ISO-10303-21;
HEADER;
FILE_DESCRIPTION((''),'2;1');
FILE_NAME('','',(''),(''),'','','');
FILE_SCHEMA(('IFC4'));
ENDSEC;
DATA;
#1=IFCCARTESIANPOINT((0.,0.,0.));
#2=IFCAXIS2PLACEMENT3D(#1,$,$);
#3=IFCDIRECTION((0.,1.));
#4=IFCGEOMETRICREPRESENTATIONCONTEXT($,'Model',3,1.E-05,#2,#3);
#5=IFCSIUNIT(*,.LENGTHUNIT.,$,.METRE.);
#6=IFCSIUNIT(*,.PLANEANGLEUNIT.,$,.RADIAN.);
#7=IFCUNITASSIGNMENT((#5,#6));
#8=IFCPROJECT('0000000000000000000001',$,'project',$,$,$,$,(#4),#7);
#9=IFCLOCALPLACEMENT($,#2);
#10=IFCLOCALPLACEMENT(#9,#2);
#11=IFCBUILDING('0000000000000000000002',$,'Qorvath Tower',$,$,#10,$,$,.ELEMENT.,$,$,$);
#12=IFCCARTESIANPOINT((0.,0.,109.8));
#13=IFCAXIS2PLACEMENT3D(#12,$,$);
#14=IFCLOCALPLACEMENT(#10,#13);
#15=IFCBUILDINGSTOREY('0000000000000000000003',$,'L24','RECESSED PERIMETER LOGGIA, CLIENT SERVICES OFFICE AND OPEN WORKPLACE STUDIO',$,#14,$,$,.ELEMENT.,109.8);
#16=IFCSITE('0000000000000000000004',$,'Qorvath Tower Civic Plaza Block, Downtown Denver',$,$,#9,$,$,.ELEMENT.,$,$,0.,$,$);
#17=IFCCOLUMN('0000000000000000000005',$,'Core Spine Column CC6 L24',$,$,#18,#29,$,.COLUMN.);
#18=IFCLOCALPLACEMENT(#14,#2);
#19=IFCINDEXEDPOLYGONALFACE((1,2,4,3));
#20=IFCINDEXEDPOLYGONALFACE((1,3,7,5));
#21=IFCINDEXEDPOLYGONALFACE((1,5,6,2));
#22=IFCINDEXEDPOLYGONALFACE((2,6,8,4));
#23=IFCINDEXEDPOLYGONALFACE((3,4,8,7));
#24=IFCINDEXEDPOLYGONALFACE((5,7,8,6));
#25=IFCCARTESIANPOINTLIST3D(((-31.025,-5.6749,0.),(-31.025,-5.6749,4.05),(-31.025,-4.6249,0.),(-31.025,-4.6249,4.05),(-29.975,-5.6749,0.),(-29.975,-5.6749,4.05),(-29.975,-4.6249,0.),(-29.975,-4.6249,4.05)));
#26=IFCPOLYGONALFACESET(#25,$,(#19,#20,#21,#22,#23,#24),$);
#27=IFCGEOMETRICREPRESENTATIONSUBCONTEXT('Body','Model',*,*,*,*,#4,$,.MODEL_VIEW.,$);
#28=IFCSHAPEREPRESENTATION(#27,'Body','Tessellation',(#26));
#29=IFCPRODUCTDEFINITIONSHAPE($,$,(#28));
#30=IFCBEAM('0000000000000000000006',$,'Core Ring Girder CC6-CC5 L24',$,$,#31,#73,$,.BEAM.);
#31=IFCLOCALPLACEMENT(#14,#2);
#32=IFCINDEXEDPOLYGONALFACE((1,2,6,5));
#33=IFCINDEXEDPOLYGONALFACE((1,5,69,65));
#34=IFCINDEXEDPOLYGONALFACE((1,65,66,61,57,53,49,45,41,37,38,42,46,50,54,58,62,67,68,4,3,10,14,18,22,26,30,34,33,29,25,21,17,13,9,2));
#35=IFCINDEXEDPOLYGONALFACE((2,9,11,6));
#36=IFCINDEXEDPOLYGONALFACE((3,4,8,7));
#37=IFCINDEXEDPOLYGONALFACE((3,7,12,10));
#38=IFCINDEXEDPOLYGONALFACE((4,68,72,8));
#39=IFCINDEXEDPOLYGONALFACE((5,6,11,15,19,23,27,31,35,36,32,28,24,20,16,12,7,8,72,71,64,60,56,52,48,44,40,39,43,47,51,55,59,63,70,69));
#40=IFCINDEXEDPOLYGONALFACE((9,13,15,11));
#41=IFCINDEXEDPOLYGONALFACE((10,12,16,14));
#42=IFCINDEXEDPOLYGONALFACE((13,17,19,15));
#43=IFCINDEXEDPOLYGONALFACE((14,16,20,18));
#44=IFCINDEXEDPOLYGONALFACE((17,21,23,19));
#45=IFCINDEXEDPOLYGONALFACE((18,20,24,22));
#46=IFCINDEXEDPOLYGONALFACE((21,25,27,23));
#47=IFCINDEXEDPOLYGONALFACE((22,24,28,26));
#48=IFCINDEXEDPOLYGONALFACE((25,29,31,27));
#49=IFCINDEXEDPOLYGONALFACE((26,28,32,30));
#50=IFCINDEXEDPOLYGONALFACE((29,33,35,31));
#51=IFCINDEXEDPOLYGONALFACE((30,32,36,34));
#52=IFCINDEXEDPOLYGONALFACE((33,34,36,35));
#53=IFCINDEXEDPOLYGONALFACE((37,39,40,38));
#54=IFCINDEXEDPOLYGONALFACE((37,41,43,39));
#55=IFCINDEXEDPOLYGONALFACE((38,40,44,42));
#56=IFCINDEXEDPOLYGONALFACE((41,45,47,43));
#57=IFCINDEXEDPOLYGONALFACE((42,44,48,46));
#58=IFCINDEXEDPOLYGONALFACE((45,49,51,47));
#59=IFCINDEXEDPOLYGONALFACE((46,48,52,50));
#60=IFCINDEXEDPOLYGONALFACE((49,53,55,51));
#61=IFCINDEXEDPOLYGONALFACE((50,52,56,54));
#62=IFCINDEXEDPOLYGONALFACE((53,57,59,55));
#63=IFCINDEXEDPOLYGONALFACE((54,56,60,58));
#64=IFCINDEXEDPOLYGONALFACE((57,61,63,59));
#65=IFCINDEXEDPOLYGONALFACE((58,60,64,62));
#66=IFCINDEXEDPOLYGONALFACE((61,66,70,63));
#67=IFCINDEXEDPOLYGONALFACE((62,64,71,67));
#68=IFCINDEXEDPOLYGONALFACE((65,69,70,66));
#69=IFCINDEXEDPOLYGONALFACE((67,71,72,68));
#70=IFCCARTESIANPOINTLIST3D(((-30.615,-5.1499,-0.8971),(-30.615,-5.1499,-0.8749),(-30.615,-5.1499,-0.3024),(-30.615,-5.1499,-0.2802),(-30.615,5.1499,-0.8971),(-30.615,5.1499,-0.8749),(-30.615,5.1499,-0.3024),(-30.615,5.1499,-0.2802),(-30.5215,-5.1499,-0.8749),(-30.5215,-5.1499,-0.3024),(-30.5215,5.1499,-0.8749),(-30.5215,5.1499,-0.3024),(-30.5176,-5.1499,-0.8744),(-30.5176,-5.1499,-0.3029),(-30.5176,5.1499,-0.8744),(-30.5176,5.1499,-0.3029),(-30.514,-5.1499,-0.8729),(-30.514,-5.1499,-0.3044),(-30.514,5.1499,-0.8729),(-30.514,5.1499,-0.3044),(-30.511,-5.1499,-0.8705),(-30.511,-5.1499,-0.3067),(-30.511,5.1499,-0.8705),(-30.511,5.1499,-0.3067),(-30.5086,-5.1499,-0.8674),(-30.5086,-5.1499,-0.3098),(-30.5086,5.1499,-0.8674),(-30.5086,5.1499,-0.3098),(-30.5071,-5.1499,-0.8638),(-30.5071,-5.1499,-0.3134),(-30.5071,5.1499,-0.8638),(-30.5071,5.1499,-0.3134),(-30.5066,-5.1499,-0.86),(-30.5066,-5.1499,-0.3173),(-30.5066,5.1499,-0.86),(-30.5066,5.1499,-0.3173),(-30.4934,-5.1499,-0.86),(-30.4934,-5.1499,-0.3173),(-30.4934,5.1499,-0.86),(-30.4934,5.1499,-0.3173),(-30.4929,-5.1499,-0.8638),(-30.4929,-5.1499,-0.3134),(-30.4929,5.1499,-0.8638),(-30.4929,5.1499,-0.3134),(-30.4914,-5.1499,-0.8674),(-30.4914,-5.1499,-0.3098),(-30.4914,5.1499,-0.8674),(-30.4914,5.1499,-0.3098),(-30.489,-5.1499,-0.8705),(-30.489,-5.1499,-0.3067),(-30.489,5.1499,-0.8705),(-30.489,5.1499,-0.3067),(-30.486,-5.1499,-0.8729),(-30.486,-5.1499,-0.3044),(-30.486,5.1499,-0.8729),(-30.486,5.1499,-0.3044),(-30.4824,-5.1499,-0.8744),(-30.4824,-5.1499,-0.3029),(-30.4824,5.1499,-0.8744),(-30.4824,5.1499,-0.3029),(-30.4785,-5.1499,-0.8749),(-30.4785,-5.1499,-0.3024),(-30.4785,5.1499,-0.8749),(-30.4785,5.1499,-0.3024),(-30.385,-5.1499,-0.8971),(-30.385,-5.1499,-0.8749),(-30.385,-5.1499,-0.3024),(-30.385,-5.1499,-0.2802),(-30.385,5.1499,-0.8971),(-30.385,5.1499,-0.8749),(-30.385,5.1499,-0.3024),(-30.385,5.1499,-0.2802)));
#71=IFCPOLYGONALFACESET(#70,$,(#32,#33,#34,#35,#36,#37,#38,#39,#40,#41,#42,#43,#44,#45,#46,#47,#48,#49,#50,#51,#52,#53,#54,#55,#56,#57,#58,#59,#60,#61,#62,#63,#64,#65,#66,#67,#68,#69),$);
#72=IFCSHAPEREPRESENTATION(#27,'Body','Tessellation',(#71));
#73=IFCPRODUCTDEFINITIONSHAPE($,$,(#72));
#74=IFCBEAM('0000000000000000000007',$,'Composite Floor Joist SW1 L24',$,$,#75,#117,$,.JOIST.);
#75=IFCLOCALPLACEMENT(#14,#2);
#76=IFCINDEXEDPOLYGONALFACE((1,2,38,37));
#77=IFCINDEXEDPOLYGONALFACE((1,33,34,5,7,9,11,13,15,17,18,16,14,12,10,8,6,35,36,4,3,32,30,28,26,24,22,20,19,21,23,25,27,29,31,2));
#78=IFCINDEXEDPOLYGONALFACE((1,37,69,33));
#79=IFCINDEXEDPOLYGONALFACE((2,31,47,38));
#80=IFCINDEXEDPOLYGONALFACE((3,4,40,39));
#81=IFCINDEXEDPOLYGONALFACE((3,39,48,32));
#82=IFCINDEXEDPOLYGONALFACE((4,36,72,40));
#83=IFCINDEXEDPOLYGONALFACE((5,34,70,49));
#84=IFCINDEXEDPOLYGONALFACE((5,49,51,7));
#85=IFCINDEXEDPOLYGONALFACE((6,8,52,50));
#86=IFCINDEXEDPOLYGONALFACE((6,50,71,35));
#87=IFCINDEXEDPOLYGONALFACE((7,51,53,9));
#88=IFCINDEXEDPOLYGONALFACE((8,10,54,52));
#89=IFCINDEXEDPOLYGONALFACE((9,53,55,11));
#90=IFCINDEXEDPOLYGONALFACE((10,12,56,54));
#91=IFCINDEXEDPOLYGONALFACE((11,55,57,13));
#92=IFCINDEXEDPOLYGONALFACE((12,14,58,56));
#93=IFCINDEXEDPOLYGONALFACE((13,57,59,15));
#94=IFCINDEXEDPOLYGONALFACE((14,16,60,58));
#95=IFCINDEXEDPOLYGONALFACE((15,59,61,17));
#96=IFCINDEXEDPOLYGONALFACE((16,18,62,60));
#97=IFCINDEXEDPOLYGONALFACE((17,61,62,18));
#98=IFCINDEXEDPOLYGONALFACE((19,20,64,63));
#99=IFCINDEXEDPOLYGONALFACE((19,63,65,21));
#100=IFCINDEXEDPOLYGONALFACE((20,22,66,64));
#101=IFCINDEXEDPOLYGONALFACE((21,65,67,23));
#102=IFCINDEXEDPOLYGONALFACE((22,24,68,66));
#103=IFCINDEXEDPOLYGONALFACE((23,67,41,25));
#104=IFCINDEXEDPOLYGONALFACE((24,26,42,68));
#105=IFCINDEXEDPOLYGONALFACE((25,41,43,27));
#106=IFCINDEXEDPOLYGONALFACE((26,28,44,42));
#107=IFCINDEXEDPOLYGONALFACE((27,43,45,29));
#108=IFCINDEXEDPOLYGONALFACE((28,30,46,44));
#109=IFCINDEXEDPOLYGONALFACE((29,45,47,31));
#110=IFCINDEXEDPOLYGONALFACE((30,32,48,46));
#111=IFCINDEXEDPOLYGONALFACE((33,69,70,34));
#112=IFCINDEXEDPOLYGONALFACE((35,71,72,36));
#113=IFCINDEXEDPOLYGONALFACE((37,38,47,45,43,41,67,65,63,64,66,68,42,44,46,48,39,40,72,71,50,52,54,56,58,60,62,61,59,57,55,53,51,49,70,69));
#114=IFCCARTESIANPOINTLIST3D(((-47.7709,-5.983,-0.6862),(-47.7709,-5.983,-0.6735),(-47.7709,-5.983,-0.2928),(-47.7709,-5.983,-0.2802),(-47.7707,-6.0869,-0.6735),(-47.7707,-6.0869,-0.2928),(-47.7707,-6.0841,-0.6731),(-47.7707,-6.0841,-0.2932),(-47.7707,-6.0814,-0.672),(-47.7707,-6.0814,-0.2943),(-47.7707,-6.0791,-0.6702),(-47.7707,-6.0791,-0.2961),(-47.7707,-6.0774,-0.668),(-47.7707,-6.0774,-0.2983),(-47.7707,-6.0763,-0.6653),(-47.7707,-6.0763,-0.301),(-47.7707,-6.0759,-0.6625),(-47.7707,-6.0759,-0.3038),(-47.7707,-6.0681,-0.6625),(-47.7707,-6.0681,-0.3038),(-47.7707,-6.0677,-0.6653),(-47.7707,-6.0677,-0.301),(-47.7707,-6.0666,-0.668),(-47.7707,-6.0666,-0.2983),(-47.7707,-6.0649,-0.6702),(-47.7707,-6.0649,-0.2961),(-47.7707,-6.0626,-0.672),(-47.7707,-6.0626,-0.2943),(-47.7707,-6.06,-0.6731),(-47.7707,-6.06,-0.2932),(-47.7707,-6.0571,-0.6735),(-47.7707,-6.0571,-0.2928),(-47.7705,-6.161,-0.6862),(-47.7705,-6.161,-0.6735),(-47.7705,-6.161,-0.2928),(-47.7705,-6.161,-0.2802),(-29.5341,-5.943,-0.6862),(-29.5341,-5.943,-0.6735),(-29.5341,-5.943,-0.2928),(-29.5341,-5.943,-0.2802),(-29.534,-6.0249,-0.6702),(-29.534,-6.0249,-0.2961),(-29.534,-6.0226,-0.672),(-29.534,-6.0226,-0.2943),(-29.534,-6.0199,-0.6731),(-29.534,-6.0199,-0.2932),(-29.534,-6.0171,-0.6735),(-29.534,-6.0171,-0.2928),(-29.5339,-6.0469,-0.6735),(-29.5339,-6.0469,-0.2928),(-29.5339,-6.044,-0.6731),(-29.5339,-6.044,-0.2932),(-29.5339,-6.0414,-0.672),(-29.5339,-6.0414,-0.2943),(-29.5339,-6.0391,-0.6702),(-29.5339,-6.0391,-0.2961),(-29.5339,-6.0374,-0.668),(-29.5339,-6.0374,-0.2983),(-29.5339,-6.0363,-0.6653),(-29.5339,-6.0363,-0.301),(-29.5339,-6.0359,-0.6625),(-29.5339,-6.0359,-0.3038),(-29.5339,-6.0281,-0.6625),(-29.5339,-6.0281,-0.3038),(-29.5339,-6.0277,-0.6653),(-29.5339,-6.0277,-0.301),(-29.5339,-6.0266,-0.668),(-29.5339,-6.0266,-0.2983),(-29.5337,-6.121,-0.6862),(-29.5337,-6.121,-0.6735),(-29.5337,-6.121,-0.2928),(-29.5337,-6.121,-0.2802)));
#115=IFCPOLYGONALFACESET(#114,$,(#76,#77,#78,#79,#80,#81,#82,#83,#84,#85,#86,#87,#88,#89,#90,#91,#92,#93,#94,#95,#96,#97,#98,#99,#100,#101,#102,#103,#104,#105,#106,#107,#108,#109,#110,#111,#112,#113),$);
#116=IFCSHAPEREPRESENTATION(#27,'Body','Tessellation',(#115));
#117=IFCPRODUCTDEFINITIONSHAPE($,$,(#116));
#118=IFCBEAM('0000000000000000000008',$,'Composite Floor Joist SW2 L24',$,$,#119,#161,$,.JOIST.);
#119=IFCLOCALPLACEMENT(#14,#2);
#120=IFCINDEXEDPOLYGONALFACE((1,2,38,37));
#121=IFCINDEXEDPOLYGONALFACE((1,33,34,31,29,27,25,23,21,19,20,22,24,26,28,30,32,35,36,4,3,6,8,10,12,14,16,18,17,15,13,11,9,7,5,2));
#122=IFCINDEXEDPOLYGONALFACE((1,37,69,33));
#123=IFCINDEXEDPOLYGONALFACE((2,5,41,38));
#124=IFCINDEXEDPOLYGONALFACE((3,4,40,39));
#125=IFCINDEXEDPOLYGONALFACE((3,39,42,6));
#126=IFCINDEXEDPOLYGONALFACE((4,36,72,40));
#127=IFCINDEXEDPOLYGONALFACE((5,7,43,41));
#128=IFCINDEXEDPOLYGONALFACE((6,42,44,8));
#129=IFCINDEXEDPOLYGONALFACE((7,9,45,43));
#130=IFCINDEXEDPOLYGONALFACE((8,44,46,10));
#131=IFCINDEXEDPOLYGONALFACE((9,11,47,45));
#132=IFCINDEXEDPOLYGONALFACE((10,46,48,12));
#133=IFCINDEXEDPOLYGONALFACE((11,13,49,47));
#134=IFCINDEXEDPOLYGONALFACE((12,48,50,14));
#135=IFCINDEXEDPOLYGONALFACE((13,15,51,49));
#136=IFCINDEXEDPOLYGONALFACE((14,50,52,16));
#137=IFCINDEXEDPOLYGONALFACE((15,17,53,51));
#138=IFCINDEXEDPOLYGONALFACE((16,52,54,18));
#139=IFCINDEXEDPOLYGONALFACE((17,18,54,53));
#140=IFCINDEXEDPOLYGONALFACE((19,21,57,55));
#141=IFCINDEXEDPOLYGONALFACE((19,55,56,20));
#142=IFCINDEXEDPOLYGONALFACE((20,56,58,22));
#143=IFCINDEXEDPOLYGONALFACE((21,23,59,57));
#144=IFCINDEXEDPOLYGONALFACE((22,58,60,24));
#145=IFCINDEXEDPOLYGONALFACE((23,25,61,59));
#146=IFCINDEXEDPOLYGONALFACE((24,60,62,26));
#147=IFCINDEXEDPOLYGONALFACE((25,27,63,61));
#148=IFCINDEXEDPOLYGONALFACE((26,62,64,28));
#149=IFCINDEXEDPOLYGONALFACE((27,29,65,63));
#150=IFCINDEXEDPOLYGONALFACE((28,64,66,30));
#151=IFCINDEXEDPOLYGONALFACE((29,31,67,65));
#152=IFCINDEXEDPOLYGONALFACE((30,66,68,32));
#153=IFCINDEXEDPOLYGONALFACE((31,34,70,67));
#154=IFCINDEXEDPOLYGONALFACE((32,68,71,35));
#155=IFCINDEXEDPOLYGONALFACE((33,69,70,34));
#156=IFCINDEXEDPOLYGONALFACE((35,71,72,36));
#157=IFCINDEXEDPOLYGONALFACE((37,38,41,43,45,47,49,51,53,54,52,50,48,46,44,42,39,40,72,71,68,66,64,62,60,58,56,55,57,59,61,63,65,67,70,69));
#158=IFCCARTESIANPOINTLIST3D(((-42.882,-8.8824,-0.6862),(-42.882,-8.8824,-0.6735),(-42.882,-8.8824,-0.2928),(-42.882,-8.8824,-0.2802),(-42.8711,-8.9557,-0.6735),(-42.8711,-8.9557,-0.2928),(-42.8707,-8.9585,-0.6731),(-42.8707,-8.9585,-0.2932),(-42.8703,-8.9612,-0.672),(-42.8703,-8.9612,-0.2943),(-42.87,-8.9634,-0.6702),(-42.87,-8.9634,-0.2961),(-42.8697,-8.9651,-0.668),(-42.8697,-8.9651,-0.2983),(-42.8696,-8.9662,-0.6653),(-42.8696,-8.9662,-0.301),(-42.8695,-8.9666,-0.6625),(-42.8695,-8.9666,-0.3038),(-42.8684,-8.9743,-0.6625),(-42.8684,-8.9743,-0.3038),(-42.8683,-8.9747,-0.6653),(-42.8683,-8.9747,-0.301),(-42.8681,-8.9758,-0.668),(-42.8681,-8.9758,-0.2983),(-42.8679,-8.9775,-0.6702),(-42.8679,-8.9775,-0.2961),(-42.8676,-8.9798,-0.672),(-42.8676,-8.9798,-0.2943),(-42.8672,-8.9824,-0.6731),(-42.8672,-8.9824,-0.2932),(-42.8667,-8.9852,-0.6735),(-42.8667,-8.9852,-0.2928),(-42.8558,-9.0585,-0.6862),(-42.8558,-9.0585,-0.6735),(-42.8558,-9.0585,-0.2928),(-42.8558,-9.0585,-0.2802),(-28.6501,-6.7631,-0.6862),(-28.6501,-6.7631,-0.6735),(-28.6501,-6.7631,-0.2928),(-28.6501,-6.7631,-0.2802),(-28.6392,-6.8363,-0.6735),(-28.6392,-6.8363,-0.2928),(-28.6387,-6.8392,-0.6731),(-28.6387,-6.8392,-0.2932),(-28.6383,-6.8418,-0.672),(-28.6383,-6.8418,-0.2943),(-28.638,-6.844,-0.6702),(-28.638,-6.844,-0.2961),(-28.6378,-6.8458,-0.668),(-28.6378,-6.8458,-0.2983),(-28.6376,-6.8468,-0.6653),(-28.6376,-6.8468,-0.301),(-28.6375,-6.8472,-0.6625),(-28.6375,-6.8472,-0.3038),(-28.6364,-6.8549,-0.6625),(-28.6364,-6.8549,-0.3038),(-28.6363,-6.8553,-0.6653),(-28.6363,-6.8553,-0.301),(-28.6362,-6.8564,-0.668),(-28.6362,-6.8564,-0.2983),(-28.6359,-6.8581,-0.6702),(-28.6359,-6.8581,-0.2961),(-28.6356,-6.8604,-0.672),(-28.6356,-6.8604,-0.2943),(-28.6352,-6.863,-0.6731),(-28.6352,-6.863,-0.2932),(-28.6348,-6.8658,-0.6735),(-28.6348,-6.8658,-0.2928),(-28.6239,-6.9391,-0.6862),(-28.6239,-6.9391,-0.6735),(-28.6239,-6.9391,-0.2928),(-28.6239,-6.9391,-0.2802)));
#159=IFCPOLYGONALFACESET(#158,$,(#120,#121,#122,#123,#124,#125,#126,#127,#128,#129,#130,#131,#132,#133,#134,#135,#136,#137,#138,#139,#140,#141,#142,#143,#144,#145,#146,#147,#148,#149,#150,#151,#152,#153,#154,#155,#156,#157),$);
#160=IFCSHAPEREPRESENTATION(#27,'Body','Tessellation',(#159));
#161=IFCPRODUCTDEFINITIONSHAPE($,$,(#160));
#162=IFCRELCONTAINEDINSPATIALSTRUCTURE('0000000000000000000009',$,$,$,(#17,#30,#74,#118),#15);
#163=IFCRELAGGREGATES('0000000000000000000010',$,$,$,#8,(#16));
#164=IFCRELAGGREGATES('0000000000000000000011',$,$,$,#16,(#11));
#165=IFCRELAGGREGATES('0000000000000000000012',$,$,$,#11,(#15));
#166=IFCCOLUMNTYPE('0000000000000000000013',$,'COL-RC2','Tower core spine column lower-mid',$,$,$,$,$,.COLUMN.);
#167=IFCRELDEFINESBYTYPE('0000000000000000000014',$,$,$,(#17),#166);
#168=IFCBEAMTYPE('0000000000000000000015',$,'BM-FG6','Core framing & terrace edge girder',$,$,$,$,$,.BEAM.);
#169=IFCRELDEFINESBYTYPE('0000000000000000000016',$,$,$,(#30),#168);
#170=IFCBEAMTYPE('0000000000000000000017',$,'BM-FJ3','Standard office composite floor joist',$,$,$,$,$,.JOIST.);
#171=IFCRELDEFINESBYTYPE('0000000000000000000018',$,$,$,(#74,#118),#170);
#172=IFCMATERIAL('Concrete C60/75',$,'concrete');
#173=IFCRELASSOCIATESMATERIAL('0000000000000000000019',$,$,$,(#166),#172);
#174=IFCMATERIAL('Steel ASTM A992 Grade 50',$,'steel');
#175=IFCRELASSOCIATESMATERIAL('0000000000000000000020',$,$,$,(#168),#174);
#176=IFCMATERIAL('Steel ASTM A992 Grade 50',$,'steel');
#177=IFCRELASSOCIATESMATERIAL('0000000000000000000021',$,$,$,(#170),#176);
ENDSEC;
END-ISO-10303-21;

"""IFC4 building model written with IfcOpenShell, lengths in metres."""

from ifc_helpers import new_model, si_unit, direction, frame, origin, origin_2d, place, context, subcontext, project, spatial, rectangle, i_section, extrude, material, material_profile, profile_set, type_object, element, save


model = new_model("IFC4")

# Units and contexts
model_context = context("Model", 3, precision=1e-05, world=origin(), true_north=direction((0.0, 1.0)))
body_context = subcontext(model_context, "Body", "Model", "MODEL_VIEW")
ifc_project = project(units=[si_unit("LENGTHUNIT", "METRE"), si_unit("PLANEANGLEUNIT", "RADIAN")], contexts=[model_context])

# Site, building, storey
site_placement = place(None, origin())
site = spatial("IfcSite", under=ifc_project, at=site_placement, Name="Qorvath Tower Civic Plaza Block, Downtown Denver", CompositionType="ELEMENT", RefElevation=0.0)
building_placement = place(site_placement, origin())
building = spatial("IfcBuilding", under=site, at=building_placement, Name="Qorvath Tower", CompositionType="ELEMENT")
storey_placement = place(building_placement, frame((0.0, 0.0, 109.8)))
storey = spatial("IfcBuildingStorey", under=building, at=storey_placement, Name="L24", Description="RECESSED PERIMETER LOGGIA, CLIENT SERVICES OFFICE AND OPEN WORKPLACE STUDIO", CompositionType="ELEMENT", Elevation=109.8)

# Column
ifc_material_1 = material(Name="Concrete C60/75", Category="concrete")
ifc_material_profile_1 = material_profile(ifc_material_1, rectangle(XDim=1.05, YDim=1.05, at=origin_2d()), Name="RC 1050x1050")
ifc_profile_set_1 = profile_set([ifc_material_profile_1], Name="Concrete C60/75")
column_type = type_object("IfcColumnType", Name="COL-RC2", Description="Tower core spine column lower-mid", PredefinedType="COLUMN", material=ifc_profile_set_1)
column_placement = place(storey_placement, frame((-30.5, -5.1499, 0.0), z_axis=(0.0, 0.0, 1.0), x_axis=(1.0, 0.0, 0.0)))
element("IfcColumn", 1, at=column_placement, inside=storey, type_object=column_type, Name="Core Spine Column CC6 L24", PredefinedType="COLUMN", context=body_context, shape_type="SweptSolid", body=[
    extrude(rectangle(XDim=1.05, YDim=1.05, at=origin_2d()), origin(), (0.0, 0.0, 1.0), 4.05),
])

# Beams
ifc_material_2 = material(Name="Steel ASTM A992 Grade 50", Category="steel")
ifc_material_profile_2 = material_profile(ifc_material_2, i_section(OverallWidth=0.23, OverallDepth=0.6169, WebThickness=0.0132, FlangeThickness=0.0222, FilletRadius=0.0149, at=origin_2d()), Name="W24x94")
ifc_profile_set_2 = profile_set([ifc_material_profile_2], Name="Steel ASTM A992 Grade 50")
beam_type_1 = type_object("IfcBeamType", Name="BM-FG6", Description="Core framing & terrace edge girder", PredefinedType="BEAM", material=ifc_profile_set_2)
beam_1_placement = place(storey_placement, frame((-30.5, -5.1499, -0.5886), z_axis=(0.0, 1.0, 0.0), x_axis=(-1.0, 0.0, 0.0)))
element("IfcBeam", 2, at=beam_1_placement, inside=storey, type_object=beam_type_1, Name="Core Ring Girder CC6-CC5 L24", PredefinedType="BEAM", context=body_context, shape_type="SweptSolid", body=[
    extrude(i_section(OverallWidth=0.23, OverallDepth=0.6169, WebThickness=0.0132, FlangeThickness=0.0222, FilletRadius=0.0149, at=origin_2d()), origin(), (0.0, 0.0, 1.0), 10.2998),
])
ifc_material_3 = material(Name="Steel ASTM A992 Grade 50", Category="steel")
ifc_material_profile_3 = material_profile(ifc_material_3, i_section(OverallWidth=0.178, OverallDepth=0.406, WebThickness=0.0078, FlangeThickness=0.0127, FilletRadius=0.011, at=origin_2d()), Name="W16x40")
ifc_profile_set_3 = profile_set([ifc_material_profile_3], Name="Steel ASTM A992 Grade 50")
beam_type_2 = type_object("IfcBeamType", Name="BM-FJ3", Description="Standard office composite floor joist", PredefinedType="JOIST", material=ifc_profile_set_3)
beam_2_placement = place(storey_placement, frame((-29.5339, -6.032, -0.4832), z_axis=(-0.999998, -0.002196, 0.0), x_axis=(0.002196, -0.999998, 0.0)))
element("IfcBeam", 3, at=beam_2_placement, inside=storey, type_object=beam_type_2, Name="Composite Floor Joist SW1 L24", PredefinedType="JOIST", context=body_context, shape_type="SweptSolid", body=[
    extrude(i_section(OverallWidth=0.178, OverallDepth=0.406, WebThickness=0.0078, FlangeThickness=0.0127, FilletRadius=0.011, at=origin_2d()), origin(), (0.0, 0.0, 1.0), 18.2368),
])
beam_3_placement = place(storey_placement, frame((-28.637, -6.8511, -0.4832), z_axis=(-0.989093, -0.147293, 0.0), x_axis=(0.147293, -0.989093, 0.0)))
element("IfcBeam", 4, at=beam_3_placement, inside=storey, type_object=beam_type_2, Name="Composite Floor Joist SW2 L24", PredefinedType="JOIST", context=body_context, shape_type="SweptSolid", body=[
    extrude(i_section(OverallWidth=0.178, OverallDepth=0.406, WebThickness=0.0078, FlangeThickness=0.0127, FilletRadius=0.011, at=origin_2d()), origin(), (0.0, 0.0, 1.0), 14.3889),
])

save(model, "model.ifc")
